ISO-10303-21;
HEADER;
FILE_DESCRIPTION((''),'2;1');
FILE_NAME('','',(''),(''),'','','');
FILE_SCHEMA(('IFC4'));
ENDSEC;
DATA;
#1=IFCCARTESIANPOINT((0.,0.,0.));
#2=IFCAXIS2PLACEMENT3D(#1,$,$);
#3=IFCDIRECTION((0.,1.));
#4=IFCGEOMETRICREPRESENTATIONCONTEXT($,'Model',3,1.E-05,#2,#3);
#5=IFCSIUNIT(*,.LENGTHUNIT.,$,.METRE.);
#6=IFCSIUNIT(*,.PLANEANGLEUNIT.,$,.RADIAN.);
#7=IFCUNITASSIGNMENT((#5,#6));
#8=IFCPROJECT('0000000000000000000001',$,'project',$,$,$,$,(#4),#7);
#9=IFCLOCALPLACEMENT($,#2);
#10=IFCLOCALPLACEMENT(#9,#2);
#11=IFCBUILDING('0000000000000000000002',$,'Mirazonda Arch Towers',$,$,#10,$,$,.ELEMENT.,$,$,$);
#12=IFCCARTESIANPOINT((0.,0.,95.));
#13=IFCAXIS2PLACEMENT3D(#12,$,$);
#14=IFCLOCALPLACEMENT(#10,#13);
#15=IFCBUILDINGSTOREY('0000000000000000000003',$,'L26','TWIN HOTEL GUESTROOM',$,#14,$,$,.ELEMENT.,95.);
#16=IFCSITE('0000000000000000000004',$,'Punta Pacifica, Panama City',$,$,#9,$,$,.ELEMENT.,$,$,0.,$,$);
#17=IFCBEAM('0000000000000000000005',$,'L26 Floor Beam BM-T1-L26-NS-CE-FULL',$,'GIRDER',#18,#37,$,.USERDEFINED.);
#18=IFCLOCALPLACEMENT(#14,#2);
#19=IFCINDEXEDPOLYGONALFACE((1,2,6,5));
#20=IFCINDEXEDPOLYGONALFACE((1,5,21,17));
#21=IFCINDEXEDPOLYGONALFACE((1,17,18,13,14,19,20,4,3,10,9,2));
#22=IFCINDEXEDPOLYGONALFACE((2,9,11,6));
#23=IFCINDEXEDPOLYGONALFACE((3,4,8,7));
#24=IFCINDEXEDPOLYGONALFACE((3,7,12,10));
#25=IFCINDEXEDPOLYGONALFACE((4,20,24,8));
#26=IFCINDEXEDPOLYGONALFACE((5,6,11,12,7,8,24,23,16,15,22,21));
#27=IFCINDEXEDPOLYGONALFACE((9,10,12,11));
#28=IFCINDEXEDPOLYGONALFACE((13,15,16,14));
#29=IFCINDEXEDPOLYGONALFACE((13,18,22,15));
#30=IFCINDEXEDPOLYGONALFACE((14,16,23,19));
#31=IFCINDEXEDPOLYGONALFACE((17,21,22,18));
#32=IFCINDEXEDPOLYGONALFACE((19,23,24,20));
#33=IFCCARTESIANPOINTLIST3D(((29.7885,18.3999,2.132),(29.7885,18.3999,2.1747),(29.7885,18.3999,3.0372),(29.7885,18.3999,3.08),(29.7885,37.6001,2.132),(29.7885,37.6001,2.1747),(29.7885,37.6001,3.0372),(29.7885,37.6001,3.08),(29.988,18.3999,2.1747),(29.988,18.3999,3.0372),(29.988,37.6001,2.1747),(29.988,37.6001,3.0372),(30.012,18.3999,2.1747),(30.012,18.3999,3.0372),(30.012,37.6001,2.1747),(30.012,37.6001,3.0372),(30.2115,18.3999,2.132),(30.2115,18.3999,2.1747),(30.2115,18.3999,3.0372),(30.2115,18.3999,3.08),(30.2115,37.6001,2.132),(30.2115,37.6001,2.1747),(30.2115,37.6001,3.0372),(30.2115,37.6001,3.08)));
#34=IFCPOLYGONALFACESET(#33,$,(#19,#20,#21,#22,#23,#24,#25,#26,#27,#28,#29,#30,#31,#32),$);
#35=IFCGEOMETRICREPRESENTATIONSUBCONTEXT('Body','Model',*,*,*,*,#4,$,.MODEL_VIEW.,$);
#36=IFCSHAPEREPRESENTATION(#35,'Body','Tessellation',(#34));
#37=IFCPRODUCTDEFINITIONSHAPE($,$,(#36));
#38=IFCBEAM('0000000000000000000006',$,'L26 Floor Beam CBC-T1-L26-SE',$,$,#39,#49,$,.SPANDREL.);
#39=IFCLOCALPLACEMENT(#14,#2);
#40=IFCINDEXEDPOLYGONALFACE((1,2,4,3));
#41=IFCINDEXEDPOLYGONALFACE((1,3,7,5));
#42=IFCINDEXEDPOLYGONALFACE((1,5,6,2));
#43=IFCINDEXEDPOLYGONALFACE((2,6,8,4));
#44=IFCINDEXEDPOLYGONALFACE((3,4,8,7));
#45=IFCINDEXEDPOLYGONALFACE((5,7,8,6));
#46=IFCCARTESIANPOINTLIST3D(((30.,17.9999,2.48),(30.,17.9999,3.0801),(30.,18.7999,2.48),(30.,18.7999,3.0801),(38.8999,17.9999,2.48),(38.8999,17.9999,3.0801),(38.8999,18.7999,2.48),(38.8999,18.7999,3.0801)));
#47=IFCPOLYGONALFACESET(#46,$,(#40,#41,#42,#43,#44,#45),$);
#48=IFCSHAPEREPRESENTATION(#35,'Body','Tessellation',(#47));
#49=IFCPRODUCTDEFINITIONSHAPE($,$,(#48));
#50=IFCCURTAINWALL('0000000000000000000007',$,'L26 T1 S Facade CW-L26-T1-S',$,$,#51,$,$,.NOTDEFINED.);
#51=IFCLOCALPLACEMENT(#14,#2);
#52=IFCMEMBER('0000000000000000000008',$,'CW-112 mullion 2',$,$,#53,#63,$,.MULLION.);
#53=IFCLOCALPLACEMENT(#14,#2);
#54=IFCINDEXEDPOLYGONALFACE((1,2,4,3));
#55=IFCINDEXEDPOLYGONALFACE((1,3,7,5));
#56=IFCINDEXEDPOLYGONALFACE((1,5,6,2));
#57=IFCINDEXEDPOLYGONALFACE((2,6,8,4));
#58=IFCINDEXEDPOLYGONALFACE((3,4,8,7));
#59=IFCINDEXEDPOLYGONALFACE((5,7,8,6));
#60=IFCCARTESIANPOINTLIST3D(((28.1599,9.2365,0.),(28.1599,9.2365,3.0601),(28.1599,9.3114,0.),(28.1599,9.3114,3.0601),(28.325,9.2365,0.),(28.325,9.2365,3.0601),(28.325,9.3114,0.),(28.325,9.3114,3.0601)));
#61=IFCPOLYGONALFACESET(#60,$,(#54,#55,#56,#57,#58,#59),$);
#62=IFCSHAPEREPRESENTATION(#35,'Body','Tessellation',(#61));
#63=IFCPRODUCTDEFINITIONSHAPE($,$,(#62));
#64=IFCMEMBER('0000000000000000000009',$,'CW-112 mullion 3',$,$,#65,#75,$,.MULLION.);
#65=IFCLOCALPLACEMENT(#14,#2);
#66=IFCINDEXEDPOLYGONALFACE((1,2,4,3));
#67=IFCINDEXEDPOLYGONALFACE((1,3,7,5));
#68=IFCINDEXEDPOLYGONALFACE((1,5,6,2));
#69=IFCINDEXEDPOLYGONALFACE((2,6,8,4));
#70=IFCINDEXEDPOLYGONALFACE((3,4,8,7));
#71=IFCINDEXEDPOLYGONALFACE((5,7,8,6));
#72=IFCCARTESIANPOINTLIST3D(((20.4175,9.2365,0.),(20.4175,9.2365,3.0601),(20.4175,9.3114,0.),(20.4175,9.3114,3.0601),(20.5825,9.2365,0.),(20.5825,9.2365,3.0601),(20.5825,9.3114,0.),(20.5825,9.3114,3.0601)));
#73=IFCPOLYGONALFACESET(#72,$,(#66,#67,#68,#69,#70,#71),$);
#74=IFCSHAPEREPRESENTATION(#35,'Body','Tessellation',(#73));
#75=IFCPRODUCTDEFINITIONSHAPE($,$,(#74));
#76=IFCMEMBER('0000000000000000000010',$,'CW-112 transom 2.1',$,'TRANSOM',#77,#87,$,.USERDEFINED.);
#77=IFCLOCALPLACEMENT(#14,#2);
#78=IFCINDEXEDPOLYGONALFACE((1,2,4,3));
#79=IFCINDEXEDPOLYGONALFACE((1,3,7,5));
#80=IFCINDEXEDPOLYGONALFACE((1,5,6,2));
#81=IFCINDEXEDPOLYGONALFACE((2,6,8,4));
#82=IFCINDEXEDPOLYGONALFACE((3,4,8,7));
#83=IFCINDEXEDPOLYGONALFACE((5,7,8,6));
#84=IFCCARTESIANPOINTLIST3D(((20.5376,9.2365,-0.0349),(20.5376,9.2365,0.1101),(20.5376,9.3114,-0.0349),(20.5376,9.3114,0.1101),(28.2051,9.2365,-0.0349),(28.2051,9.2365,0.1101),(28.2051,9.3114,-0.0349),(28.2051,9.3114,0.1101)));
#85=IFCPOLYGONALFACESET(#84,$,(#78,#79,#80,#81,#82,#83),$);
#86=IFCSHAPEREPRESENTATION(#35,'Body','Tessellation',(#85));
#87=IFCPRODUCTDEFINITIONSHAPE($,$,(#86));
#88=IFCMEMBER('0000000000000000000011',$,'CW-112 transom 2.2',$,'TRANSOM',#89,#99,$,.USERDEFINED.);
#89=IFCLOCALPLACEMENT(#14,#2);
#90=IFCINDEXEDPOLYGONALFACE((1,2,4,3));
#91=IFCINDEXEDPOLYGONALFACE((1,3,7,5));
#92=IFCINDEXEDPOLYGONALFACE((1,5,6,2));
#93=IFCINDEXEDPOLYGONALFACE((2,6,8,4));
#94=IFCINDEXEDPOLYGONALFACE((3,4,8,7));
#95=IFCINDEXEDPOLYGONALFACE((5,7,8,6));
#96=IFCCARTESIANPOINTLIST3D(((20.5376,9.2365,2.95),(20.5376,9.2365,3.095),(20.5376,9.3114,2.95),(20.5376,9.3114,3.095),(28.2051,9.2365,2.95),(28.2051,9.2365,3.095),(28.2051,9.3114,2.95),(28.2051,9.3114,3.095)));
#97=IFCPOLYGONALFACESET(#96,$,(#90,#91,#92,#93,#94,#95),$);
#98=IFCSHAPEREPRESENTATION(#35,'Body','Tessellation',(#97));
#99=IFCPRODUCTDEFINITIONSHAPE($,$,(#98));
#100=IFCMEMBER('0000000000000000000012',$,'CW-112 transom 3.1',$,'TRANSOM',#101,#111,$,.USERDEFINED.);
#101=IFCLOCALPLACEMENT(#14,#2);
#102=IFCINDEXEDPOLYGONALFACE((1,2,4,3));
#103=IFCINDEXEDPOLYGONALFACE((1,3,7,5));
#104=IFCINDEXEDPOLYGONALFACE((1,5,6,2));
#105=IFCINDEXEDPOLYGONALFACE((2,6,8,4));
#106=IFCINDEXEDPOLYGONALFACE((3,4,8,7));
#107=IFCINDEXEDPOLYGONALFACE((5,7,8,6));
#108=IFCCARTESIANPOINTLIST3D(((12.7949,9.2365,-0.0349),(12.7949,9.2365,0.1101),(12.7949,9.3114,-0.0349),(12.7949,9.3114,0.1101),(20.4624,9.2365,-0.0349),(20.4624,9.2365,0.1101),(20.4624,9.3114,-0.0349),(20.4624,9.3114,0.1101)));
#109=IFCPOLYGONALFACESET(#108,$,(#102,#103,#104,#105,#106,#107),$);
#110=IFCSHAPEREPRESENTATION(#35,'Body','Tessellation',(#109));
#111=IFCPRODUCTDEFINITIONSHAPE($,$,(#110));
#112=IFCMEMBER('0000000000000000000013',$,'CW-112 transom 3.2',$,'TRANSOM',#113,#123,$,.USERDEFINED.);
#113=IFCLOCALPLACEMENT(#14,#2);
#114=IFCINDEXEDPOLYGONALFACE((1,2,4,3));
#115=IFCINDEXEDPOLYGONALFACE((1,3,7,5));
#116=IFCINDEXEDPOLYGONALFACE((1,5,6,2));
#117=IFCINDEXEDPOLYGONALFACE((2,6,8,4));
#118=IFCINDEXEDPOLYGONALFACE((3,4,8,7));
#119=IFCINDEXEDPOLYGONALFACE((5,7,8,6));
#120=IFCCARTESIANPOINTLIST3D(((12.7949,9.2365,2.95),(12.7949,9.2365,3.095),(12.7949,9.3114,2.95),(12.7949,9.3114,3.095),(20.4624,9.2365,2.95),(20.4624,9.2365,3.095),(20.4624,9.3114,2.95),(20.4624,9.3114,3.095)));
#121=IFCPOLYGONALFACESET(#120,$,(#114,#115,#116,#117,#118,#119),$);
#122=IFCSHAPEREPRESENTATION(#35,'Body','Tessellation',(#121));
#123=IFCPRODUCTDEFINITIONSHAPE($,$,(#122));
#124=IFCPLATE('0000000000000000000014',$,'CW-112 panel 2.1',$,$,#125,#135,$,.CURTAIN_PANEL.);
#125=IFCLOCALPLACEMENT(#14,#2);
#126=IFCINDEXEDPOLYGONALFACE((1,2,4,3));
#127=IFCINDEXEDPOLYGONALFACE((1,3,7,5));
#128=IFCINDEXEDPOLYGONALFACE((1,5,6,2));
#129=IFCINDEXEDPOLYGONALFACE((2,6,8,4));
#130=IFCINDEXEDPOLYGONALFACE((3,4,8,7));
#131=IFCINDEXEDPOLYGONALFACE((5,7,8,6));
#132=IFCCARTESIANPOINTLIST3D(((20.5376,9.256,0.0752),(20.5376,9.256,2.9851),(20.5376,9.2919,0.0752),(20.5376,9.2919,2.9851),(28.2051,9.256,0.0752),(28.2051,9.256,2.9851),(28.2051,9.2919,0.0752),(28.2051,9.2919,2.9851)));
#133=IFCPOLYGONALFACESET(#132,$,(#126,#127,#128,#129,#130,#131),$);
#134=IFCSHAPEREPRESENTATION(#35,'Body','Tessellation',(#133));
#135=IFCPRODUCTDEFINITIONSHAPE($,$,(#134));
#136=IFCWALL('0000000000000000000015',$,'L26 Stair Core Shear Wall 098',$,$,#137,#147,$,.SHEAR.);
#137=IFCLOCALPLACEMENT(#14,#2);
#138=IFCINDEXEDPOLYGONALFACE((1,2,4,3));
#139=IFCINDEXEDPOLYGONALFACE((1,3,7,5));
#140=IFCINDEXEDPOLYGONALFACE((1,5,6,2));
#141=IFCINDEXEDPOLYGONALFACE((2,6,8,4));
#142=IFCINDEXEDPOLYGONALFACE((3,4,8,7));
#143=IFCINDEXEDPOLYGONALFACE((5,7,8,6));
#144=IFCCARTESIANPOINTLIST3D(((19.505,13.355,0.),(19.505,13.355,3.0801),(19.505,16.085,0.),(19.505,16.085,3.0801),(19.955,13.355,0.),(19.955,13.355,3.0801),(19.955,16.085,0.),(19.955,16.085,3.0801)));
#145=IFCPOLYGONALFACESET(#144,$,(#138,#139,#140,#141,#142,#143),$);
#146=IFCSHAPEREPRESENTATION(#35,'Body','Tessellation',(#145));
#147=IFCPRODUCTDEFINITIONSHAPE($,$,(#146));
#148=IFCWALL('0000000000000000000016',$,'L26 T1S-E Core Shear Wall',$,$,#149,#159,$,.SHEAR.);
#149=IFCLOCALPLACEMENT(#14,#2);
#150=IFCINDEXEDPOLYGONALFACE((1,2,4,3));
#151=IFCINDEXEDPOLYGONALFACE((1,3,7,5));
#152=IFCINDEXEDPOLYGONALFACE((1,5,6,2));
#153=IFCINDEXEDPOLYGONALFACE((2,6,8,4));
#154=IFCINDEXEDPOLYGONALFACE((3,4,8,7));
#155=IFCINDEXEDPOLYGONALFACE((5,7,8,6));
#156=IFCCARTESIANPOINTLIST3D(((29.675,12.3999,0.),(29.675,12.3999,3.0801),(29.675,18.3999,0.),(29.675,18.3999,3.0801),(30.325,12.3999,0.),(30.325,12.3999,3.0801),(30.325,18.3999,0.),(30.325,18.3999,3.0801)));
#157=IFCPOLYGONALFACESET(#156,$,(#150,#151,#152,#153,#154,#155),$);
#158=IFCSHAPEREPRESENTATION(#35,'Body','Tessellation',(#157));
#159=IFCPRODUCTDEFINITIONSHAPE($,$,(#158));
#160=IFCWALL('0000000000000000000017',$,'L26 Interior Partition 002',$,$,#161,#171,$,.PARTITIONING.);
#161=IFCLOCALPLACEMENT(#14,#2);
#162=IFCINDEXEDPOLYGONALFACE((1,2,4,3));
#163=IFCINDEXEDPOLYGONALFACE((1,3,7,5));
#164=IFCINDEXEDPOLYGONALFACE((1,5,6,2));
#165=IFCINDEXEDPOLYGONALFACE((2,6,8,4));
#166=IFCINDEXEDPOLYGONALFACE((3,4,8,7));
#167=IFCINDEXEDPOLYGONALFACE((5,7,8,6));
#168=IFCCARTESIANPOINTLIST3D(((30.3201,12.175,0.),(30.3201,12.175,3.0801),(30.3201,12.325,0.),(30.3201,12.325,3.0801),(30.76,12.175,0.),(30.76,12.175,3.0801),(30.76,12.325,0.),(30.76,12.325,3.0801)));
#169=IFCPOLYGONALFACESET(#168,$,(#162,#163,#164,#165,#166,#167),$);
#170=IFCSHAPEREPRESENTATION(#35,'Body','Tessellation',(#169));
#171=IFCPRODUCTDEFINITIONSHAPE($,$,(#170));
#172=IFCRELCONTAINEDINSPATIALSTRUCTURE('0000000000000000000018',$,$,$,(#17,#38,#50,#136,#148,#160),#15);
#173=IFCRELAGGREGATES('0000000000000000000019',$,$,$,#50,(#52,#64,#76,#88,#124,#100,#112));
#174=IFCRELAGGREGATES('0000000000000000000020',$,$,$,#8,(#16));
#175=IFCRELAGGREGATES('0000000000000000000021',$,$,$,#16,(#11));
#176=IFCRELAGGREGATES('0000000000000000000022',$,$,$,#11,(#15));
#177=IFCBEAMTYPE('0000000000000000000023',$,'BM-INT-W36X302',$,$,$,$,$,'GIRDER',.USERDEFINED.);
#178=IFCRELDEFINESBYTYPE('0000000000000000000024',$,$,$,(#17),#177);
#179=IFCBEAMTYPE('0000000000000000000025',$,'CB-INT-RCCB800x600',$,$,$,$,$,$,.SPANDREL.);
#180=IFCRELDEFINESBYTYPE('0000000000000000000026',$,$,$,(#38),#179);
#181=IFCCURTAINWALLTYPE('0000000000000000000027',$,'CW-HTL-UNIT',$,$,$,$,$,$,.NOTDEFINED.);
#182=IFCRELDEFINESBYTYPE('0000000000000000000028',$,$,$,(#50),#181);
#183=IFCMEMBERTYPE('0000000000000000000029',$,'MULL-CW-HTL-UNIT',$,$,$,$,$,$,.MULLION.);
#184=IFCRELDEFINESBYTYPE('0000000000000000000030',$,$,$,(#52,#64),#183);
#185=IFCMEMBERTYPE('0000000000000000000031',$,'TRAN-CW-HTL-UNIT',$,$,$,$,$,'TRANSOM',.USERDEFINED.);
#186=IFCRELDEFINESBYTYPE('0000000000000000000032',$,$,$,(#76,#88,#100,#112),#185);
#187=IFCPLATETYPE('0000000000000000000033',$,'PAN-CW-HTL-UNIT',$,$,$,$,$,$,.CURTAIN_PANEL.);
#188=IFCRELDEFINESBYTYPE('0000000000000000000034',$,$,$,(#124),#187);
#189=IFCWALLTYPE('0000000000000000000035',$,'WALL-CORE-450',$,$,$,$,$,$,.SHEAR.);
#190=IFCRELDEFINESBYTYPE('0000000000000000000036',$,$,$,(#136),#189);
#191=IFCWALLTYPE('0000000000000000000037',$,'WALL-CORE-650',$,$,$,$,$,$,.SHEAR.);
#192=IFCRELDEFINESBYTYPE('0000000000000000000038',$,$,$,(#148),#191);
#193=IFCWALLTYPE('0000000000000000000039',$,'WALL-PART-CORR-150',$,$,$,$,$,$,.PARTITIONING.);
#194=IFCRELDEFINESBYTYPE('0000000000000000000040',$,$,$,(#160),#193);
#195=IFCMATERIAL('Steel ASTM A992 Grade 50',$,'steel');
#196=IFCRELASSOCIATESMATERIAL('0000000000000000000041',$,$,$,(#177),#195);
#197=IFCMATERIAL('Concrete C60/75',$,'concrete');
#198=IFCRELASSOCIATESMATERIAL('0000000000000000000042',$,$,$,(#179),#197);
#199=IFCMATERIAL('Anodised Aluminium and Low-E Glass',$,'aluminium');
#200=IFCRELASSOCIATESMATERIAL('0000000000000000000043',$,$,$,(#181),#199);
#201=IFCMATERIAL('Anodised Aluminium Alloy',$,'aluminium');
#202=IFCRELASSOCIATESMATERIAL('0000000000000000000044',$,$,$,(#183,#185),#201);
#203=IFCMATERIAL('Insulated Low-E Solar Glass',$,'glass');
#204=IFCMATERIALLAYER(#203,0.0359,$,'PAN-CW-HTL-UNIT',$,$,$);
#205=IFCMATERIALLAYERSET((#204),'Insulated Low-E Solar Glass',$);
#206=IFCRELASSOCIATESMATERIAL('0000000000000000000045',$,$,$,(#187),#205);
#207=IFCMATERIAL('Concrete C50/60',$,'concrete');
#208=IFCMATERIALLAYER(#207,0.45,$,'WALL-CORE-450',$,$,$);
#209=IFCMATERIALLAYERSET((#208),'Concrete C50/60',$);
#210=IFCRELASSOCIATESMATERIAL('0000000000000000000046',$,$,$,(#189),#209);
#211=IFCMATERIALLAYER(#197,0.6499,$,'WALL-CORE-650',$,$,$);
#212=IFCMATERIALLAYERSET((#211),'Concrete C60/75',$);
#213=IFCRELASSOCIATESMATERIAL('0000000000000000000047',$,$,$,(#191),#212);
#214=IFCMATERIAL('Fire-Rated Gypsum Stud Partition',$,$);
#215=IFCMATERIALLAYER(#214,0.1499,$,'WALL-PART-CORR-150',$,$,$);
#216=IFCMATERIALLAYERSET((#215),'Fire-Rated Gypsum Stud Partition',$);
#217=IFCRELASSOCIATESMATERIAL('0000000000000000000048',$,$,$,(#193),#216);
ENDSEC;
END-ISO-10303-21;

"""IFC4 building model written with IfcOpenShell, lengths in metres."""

from ifc_helpers import new_model, si_unit, direction, frame, frame_2d, origin, origin_2d, place, context, subcontext, project, spatial, rectangle, i_section, extrude, material, layer, layer_set, material_profile, profile_set, type_object, element, aggregate, save


model = new_model("IFC4")

# Units and contexts
model_context = context("Model", 3, precision=1e-05, world=origin(), true_north=direction((0.0, 1.0)))
body_context = subcontext(model_context, "Body", "Model", "MODEL_VIEW")
ifc_project = project(units=[si_unit("LENGTHUNIT", "METRE"), si_unit("PLANEANGLEUNIT", "RADIAN")], contexts=[model_context])

# Site, building, storey
site_placement = place(None, origin())
site = spatial("IfcSite", under=ifc_project, at=site_placement, Name="Punta Pacifica, Panama City", CompositionType="ELEMENT", RefElevation=0.0)
building_placement = place(site_placement, origin())
building = spatial("IfcBuilding", under=site, at=building_placement, Name="Mirazonda Arch Towers", CompositionType="ELEMENT")
storey_placement = place(building_placement, frame((0.0, 0.0, 95.0)))
storey = spatial("IfcBuildingStorey", under=building, at=storey_placement, Name="L26", Description="TWIN HOTEL GUESTROOM", CompositionType="ELEMENT", Elevation=95.0)

# Shared definitions
ifc_material_1 = material(Name="Concrete C50/60", Category="concrete")

# Beams
ifc_material_2 = material(Name="Steel ASTM A992 Grade 50", Category="steel")
ifc_material_profile_1 = material_profile(ifc_material_2, i_section(OverallWidth=0.4231, OverallDepth=0.948, WebThickness=0.0239, FlangeThickness=0.0427, at=origin_2d()), Name="W36X302")
ifc_profile_set_1 = profile_set([ifc_material_profile_1], Name="Steel ASTM A992 Grade 50")
beam_type_1 = type_object("IfcBeamType", Name="BM-INT-W36X302", ElementType="GIRDER", PredefinedType="USERDEFINED", material=ifc_profile_set_1)
beam_1_placement = place(storey_placement, frame((30.0, 18.3999, 2.606), z_axis=(0.0, 1.0, 0.0), x_axis=(-1.0, 0.0, 0.0)))
element("IfcBeam", 1, at=beam_1_placement, inside=storey, type_object=beam_type_1, Name="L26 Floor Beam BM-T1-L26-NS-CE-FULL", ObjectType="GIRDER", PredefinedType="USERDEFINED", context=body_context, shape_type="SweptSolid", body=[
    extrude(i_section(OverallWidth=0.4231, OverallDepth=0.948, WebThickness=0.0239, FlangeThickness=0.0427, at=origin_2d()), origin(), (0.0, 0.0, 1.0), 19.2002),
])
ifc_material_3 = material(Name="Concrete C60/75", Category="concrete")
ifc_material_profile_2 = material_profile(ifc_material_3, rectangle(XDim=0.8, YDim=0.6001, at=origin_2d()), Name="RCCB800x600")
ifc_profile_set_2 = profile_set([ifc_material_profile_2], Name="Concrete C60/75")
beam_type_2 = type_object("IfcBeamType", Name="CB-INT-RCCB800x600", PredefinedType="SPANDREL", material=ifc_profile_set_2)
beam_2_placement = place(storey_placement, frame((30.0, 18.3999, 2.78), z_axis=(1.0, 0.0, 0.0), x_axis=(0.0, 1.0, 0.0)))
element("IfcBeam", 2, at=beam_2_placement, inside=storey, type_object=beam_type_2, Name="L26 Floor Beam CBC-T1-L26-SE", PredefinedType="SPANDREL", context=body_context, shape_type="SweptSolid", body=[
    extrude(rectangle(XDim=0.8, YDim=0.6001, at=origin_2d()), origin(), (0.0, 0.0, 1.0), 8.8999),
])

# Curtain wall, members, plate
ifc_material_4 = material(Name="Anodised Aluminium and Low-E Glass", Category="aluminium")
curtain_wall_type = type_object("IfcCurtainWallType", Name="CW-HTL-UNIT", PredefinedType="NOTDEFINED", material=ifc_material_4)
curtain_wall_placement = place(storey_placement, origin())
curtain_wall = element("IfcCurtainWall", 3, at=curtain_wall_placement, inside=storey, type_object=curtain_wall_type, Name="L26 T1 S Facade CW-L26-T1-S", PredefinedType="NOTDEFINED")
ifc_material_5 = material(Name="Anodised Aluminium Alloy", Category="aluminium")
ifc_material_profile_3 = material_profile(ifc_material_5, rectangle(XDim=0.075, YDim=0.165, at=origin_2d()), Name="ALU-MULL-75x165")
ifc_profile_set_3 = profile_set([ifc_material_profile_3], Name="Anodised Aluminium Alloy")
member_type_1 = type_object("IfcMemberType", Name="MULL-CW-HTL-UNIT", PredefinedType="MULLION", material=ifc_profile_set_3)
member_1_placement = place(storey_placement, frame((28.2424, 9.2739, 0.0), z_axis=(0.0, 0.0, 1.0), x_axis=(0.0, -1.0, 0.0)))
member_1 = element("IfcMember", 4, at=member_1_placement, type_object=member_type_1, Name="CW-112 mullion 2", PredefinedType="MULLION", context=body_context, shape_type="SweptSolid", body=[
    extrude(rectangle(XDim=0.075, YDim=0.165, at=origin_2d()), origin(), (0.0, 0.0, 1.0), 3.0601),
])
member_2_placement = place(storey_placement, frame((20.5, 9.2739, 0.0), z_axis=(0.0, 0.0, 1.0), x_axis=(0.0, -1.0, 0.0)))
member_2 = element("IfcMember", 5, at=member_2_placement, type_object=member_type_1, Name="CW-112 mullion 3", PredefinedType="MULLION", context=body_context, shape_type="SweptSolid", body=[
    extrude(rectangle(XDim=0.075, YDim=0.165, at=origin_2d()), origin(), (0.0, 0.0, 1.0), 3.0601),
])
ifc_material_profile_4 = material_profile(ifc_material_5, rectangle(XDim=0.075, YDim=0.145, at=origin_2d()), Name="ALU-TRAN-75x145")
ifc_profile_set_4 = profile_set([ifc_material_profile_4], Name="Anodised Aluminium Alloy")
member_type_2 = type_object("IfcMemberType", Name="TRAN-CW-HTL-UNIT", ElementType="TRANSOM", PredefinedType="USERDEFINED", material=ifc_profile_set_4)
member_3_placement = place(storey_placement, frame((28.2051, 9.2739, 0.0376), z_axis=(-1.0, 0.0, 0.0), x_axis=(0.0, -1.0, 0.0)))
member_3 = element("IfcMember", 6, at=member_3_placement, type_object=member_type_2, Name="CW-112 transom 2.1", ObjectType="TRANSOM", PredefinedType="USERDEFINED", context=body_context, shape_type="SweptSolid", body=[
    extrude(rectangle(XDim=0.075, YDim=0.145, at=origin_2d()), origin(), (0.0, 0.0, 1.0), 7.6675),
])
member_4_placement = place(storey_placement, frame((28.2051, 9.2739, 3.0225), z_axis=(-1.0, 0.0, 0.0), x_axis=(0.0, -1.0, 0.0)))
member_4 = element("IfcMember", 7, at=member_4_placement, type_object=member_type_2, Name="CW-112 transom 2.2", ObjectType="TRANSOM", PredefinedType="USERDEFINED", context=body_context, shape_type="SweptSolid", body=[
    extrude(rectangle(XDim=0.075, YDim=0.145, at=origin_2d()), origin(), (0.0, 0.0, 1.0), 7.6675),
])
member_5_placement = place(storey_placement, frame((20.4624, 9.2739, 0.0376), z_axis=(-1.0, 0.0, 0.0), x_axis=(0.0, -1.0, 0.0)))
member_5 = element("IfcMember", 8, at=member_5_placement, type_object=member_type_2, Name="CW-112 transom 3.1", ObjectType="TRANSOM", PredefinedType="USERDEFINED", context=body_context, shape_type="SweptSolid", body=[
    extrude(rectangle(XDim=0.075, YDim=0.145, at=origin_2d()), origin(), (0.0, 0.0, 1.0), 7.6675),
])
member_6_placement = place(storey_placement, frame((20.4624, 9.2739, 3.0225), z_axis=(-1.0, 0.0, 0.0), x_axis=(0.0, -1.0, 0.0)))
member_6 = element("IfcMember", 9, at=member_6_placement, type_object=member_type_2, Name="CW-112 transom 3.2", ObjectType="TRANSOM", PredefinedType="USERDEFINED", context=body_context, shape_type="SweptSolid", body=[
    extrude(rectangle(XDim=0.075, YDim=0.145, at=origin_2d()), origin(), (0.0, 0.0, 1.0), 7.6675),
])
ifc_material_6 = material(Name="Insulated Low-E Solar Glass", Category="glass")
ifc_layer_1 = layer(ifc_material_6, 0.0359, Name="PAN-CW-HTL-UNIT")
ifc_layer_set_1 = layer_set([ifc_layer_1], Name="Insulated Low-E Solar Glass")
plate_type = type_object("IfcPlateType", Name="PAN-CW-HTL-UNIT", PredefinedType="CURTAIN_PANEL", material=ifc_layer_set_1)
plate_placement = place(storey_placement, frame((24.3713, 9.2739, 0.0752), z_axis=(0.0, 0.0, 1.0), x_axis=(-1.0, 0.0, 0.0)))
plate = element("IfcPlate", 10, at=plate_placement, type_object=plate_type, Name="CW-112 panel 2.1", PredefinedType="CURTAIN_PANEL", context=body_context, shape_type="SweptSolid", body=[
    extrude(rectangle(XDim=7.6675, YDim=0.0359, at=origin_2d()), origin(), (0.0, 0.0, 1.0), 2.9099),
])
aggregate(curtain_wall, [member_1, member_2, member_3, member_4, plate, member_5, member_6])

# Walls
ifc_layer_2 = layer(ifc_material_1, 0.45, Name="WALL-CORE-450")
ifc_layer_set_2 = layer_set([ifc_layer_2], Name="Concrete C50/60")
wall_type_1 = type_object("IfcWallType", Name="WALL-CORE-450", PredefinedType="SHEAR", material=ifc_layer_set_2)
wall_1_placement = place(storey_placement, frame((19.73, 13.355, 0.0), z_axis=(0.0, 0.0, 1.0), x_axis=(0.0, 1.0, 0.0)))
element("IfcWall", 11, at=wall_1_placement, inside=storey, type_object=wall_type_1, Name="L26 Stair Core Shear Wall 098", PredefinedType="SHEAR", context=body_context, shape_type="SweptSolid", body=[
    extrude(rectangle(XDim=2.73, YDim=0.45, at=frame_2d((1.365, 0.0))), origin(), (0.0, 0.0, 1.0), 3.0801),
])
ifc_layer_3 = layer(ifc_material_3, 0.6499, Name="WALL-CORE-650")
ifc_layer_set_3 = layer_set([ifc_layer_3], Name="Concrete C60/75")
wall_type_2 = type_object("IfcWallType", Name="WALL-CORE-650", PredefinedType="SHEAR", material=ifc_layer_set_3)
wall_2_placement = place(storey_placement, frame((30.0, 12.3999, 0.0), z_axis=(0.0, 0.0, 1.0), x_axis=(0.0, 1.0, 0.0)))
element("IfcWall", 12, at=wall_2_placement, inside=storey, type_object=wall_type_2, Name="L26 T1S-E Core Shear Wall", PredefinedType="SHEAR", context=body_context, shape_type="SweptSolid", body=[
    extrude(rectangle(XDim=6.0, YDim=0.6499, at=frame_2d((3.0, 0.0))), origin(), (0.0, 0.0, 1.0), 3.0801),
])
ifc_material_7 = material(Name="Fire-Rated Gypsum Stud Partition")
ifc_layer_4 = layer(ifc_material_7, 0.1499, Name="WALL-PART-CORR-150")
ifc_layer_set_4 = layer_set([ifc_layer_4], Name="Fire-Rated Gypsum Stud Partition")
wall_type_3 = type_object("IfcWallType", Name="WALL-PART-CORR-150", PredefinedType="PARTITIONING", material=ifc_layer_set_4)
wall_3_placement = place(storey_placement, frame((30.3201, 12.25, 0.0), z_axis=(0.0, 0.0, 1.0), x_axis=(1.0, 0.0, 0.0)))
element("IfcWall", 13, at=wall_3_placement, inside=storey, type_object=wall_type_3, Name="L26 Interior Partition 002", PredefinedType="PARTITIONING", context=body_context, shape_type="SweptSolid", body=[
    extrude(rectangle(XDim=0.4399, YDim=0.1499, at=frame_2d((0.22, 0.0))), origin(), (0.0, 0.0, 1.0), 3.0801),
])

save(model, "model.ifc")
